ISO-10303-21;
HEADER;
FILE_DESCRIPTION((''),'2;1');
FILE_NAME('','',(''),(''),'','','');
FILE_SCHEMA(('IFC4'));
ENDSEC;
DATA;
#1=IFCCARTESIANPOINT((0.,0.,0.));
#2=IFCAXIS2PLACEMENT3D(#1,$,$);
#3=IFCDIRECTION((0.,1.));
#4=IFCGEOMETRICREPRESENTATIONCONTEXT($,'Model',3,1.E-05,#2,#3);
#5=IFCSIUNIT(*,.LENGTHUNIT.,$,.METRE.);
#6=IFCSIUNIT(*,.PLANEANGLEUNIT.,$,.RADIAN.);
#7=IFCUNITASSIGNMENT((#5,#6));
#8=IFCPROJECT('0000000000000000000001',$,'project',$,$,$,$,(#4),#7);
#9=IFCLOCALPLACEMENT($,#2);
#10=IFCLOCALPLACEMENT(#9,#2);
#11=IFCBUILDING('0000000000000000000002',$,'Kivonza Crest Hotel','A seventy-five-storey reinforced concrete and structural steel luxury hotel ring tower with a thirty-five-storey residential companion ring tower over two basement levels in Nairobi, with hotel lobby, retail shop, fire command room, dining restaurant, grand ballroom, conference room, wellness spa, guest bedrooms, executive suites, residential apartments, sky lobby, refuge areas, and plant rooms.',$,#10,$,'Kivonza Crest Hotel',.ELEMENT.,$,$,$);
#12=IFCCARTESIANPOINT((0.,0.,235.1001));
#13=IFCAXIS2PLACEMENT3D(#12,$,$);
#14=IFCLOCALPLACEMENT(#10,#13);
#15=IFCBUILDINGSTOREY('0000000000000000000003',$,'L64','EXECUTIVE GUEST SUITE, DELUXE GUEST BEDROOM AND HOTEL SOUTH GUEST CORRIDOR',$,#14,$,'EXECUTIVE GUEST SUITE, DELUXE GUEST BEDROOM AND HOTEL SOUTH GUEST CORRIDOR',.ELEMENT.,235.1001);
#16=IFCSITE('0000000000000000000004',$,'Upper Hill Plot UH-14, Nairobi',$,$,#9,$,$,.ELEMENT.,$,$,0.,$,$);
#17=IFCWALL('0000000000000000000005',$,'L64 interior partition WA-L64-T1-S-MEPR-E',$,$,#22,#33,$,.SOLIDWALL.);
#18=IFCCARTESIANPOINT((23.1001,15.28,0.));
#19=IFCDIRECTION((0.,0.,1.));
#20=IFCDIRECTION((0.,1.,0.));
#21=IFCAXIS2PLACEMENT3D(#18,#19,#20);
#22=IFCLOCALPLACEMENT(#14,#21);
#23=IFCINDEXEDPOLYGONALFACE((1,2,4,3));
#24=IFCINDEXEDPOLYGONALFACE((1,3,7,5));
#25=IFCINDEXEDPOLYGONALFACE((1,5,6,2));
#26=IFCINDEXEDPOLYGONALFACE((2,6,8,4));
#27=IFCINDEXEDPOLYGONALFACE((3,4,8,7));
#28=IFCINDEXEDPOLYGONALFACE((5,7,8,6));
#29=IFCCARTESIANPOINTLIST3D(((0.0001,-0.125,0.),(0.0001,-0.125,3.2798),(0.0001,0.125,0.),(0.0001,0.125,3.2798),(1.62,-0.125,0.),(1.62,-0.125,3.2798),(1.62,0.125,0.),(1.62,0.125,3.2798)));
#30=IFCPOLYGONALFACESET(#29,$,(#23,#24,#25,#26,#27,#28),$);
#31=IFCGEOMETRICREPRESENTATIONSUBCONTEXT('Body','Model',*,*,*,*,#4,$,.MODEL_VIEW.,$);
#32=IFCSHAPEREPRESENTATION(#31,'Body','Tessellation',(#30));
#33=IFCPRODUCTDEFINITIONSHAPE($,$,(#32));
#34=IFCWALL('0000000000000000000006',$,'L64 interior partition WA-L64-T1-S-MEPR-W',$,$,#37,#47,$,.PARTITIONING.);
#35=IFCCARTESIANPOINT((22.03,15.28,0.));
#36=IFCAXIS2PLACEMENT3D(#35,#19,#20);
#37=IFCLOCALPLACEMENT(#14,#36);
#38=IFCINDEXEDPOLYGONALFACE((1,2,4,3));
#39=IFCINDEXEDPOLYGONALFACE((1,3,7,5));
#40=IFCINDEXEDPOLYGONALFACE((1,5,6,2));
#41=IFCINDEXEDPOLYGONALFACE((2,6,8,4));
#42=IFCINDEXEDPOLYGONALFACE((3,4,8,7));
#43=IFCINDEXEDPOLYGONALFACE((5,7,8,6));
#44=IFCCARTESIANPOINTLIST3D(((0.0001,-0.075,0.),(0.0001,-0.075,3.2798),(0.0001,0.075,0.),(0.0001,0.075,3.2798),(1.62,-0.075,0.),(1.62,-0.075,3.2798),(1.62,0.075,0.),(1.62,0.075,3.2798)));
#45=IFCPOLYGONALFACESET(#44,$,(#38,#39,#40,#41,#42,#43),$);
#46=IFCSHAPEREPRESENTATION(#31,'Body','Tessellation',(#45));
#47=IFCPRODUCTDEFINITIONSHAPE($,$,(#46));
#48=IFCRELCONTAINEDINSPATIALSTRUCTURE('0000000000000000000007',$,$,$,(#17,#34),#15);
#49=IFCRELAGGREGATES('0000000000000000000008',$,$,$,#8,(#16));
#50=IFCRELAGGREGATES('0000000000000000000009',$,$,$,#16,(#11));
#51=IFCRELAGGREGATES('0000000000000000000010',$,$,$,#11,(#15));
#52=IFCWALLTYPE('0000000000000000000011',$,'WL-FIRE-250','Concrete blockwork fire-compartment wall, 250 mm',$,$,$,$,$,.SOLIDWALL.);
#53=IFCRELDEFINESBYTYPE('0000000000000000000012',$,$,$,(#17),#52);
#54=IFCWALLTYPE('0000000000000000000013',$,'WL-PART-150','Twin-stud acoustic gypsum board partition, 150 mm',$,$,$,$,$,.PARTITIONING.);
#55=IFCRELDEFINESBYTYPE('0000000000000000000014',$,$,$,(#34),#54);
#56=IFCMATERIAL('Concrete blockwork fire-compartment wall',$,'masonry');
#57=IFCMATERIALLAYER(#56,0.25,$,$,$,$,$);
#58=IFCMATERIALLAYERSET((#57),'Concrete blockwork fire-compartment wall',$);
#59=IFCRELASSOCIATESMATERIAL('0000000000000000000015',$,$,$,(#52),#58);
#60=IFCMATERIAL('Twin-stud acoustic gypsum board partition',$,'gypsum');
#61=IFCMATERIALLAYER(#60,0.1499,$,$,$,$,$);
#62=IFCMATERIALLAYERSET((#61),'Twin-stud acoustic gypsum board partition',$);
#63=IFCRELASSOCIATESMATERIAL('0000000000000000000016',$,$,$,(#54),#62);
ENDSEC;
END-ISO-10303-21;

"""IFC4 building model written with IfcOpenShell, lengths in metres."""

from ifc_helpers import new_model, si_unit, direction, frame, frame_2d, origin, place, context, subcontext, project, spatial, rectangle, extrude, material, layer, layer_set, type_object, element, save


model = new_model("IFC4")

# Units and contexts
model_context = context("Model", 3, precision=1e-05, world=origin(), true_north=direction((0.0, 1.0)))
body_context = subcontext(model_context, "Body", "Model", "MODEL_VIEW")
ifc_project = project(units=[si_unit("LENGTHUNIT", "METRE"), si_unit("PLANEANGLEUNIT", "RADIAN")], contexts=[model_context])

# Site, building, storey
site_placement = place(None, origin())
site = spatial("IfcSite", under=ifc_project, at=site_placement, Name="Upper Hill Plot UH-14, Nairobi", CompositionType="ELEMENT", RefElevation=0.0)
building_placement = place(site_placement, origin())
building = spatial("IfcBuilding", under=site, at=building_placement, Name="Kivonza Crest Hotel", Description="A seventy-five-storey reinforced concrete and structural steel luxury hotel ring tower with a thirty-five-storey residential companion ring tower over two basement levels in Nairobi, with hotel lobby, retail shop, fire command room, dining restaurant, grand ballroom, conference room, wellness spa, guest bedrooms, executive suites, residential apartments, sky lobby, refuge areas, and plant rooms.", LongName="Kivonza Crest Hotel", CompositionType="ELEMENT")
storey_placement = place(building_placement, frame((0.0, 0.0, 235.1001)))
storey = spatial("IfcBuildingStorey", under=building, at=storey_placement, Name="L64", Description="EXECUTIVE GUEST SUITE, DELUXE GUEST BEDROOM AND HOTEL SOUTH GUEST CORRIDOR", LongName="EXECUTIVE GUEST SUITE, DELUXE GUEST BEDROOM AND HOTEL SOUTH GUEST CORRIDOR", CompositionType="ELEMENT", Elevation=235.1001)

# Walls
ifc_material_1 = material(Name="Concrete blockwork fire-compartment wall", Category="masonry")
ifc_layer_1 = layer(ifc_material_1, 0.25)
ifc_layer_set_1 = layer_set([ifc_layer_1], Name="Concrete blockwork fire-compartment wall")
wall_type_1 = type_object("IfcWallType", Name="WL-FIRE-250", Description="Concrete blockwork fire-compartment wall, 250 mm", PredefinedType="SOLIDWALL", material=ifc_layer_set_1)
wall_1_placement = place(storey_placement, frame((23.1001, 15.28, 0.0), z_axis=(0.0, 0.0, 1.0), x_axis=(0.0, 1.0, 0.0)))
element("IfcWall", 1, at=wall_1_placement, inside=storey, type_object=wall_type_1, Name="L64 interior partition WA-L64-T1-S-MEPR-E", PredefinedType="SOLIDWALL", context=body_context, shape_type="SweptSolid", body=[
    extrude(rectangle(XDim=1.6199, YDim=0.25, at=frame_2d((0.8101, 0.0))), origin(), (0.0, 0.0, 1.0), 3.2798),
])
ifc_material_2 = material(Name="Twin-stud acoustic gypsum board partition", Category="gypsum")
ifc_layer_2 = layer(ifc_material_2, 0.1499)
ifc_layer_set_2 = layer_set([ifc_layer_2], Name="Twin-stud acoustic gypsum board partition")
wall_type_2 = type_object("IfcWallType", Name="WL-PART-150", Description="Twin-stud acoustic gypsum board partition, 150 mm", PredefinedType="PARTITIONING", material=ifc_layer_set_2)
wall_2_placement = place(storey_placement, frame((22.03, 15.28, 0.0), z_axis=(0.0, 0.0, 1.0), x_axis=(0.0, 1.0, 0.0)))
element("IfcWall", 2, at=wall_2_placement, inside=storey, type_object=wall_type_2, Name="L64 interior partition WA-L64-T1-S-MEPR-W", PredefinedType="PARTITIONING", context=body_context, shape_type="SweptSolid", body=[
    extrude(rectangle(XDim=1.6199, YDim=0.1499, at=frame_2d((0.8101, 0.0))), origin(), (0.0, 0.0, 1.0), 3.2798),
])

save(model, "model.ifc")
